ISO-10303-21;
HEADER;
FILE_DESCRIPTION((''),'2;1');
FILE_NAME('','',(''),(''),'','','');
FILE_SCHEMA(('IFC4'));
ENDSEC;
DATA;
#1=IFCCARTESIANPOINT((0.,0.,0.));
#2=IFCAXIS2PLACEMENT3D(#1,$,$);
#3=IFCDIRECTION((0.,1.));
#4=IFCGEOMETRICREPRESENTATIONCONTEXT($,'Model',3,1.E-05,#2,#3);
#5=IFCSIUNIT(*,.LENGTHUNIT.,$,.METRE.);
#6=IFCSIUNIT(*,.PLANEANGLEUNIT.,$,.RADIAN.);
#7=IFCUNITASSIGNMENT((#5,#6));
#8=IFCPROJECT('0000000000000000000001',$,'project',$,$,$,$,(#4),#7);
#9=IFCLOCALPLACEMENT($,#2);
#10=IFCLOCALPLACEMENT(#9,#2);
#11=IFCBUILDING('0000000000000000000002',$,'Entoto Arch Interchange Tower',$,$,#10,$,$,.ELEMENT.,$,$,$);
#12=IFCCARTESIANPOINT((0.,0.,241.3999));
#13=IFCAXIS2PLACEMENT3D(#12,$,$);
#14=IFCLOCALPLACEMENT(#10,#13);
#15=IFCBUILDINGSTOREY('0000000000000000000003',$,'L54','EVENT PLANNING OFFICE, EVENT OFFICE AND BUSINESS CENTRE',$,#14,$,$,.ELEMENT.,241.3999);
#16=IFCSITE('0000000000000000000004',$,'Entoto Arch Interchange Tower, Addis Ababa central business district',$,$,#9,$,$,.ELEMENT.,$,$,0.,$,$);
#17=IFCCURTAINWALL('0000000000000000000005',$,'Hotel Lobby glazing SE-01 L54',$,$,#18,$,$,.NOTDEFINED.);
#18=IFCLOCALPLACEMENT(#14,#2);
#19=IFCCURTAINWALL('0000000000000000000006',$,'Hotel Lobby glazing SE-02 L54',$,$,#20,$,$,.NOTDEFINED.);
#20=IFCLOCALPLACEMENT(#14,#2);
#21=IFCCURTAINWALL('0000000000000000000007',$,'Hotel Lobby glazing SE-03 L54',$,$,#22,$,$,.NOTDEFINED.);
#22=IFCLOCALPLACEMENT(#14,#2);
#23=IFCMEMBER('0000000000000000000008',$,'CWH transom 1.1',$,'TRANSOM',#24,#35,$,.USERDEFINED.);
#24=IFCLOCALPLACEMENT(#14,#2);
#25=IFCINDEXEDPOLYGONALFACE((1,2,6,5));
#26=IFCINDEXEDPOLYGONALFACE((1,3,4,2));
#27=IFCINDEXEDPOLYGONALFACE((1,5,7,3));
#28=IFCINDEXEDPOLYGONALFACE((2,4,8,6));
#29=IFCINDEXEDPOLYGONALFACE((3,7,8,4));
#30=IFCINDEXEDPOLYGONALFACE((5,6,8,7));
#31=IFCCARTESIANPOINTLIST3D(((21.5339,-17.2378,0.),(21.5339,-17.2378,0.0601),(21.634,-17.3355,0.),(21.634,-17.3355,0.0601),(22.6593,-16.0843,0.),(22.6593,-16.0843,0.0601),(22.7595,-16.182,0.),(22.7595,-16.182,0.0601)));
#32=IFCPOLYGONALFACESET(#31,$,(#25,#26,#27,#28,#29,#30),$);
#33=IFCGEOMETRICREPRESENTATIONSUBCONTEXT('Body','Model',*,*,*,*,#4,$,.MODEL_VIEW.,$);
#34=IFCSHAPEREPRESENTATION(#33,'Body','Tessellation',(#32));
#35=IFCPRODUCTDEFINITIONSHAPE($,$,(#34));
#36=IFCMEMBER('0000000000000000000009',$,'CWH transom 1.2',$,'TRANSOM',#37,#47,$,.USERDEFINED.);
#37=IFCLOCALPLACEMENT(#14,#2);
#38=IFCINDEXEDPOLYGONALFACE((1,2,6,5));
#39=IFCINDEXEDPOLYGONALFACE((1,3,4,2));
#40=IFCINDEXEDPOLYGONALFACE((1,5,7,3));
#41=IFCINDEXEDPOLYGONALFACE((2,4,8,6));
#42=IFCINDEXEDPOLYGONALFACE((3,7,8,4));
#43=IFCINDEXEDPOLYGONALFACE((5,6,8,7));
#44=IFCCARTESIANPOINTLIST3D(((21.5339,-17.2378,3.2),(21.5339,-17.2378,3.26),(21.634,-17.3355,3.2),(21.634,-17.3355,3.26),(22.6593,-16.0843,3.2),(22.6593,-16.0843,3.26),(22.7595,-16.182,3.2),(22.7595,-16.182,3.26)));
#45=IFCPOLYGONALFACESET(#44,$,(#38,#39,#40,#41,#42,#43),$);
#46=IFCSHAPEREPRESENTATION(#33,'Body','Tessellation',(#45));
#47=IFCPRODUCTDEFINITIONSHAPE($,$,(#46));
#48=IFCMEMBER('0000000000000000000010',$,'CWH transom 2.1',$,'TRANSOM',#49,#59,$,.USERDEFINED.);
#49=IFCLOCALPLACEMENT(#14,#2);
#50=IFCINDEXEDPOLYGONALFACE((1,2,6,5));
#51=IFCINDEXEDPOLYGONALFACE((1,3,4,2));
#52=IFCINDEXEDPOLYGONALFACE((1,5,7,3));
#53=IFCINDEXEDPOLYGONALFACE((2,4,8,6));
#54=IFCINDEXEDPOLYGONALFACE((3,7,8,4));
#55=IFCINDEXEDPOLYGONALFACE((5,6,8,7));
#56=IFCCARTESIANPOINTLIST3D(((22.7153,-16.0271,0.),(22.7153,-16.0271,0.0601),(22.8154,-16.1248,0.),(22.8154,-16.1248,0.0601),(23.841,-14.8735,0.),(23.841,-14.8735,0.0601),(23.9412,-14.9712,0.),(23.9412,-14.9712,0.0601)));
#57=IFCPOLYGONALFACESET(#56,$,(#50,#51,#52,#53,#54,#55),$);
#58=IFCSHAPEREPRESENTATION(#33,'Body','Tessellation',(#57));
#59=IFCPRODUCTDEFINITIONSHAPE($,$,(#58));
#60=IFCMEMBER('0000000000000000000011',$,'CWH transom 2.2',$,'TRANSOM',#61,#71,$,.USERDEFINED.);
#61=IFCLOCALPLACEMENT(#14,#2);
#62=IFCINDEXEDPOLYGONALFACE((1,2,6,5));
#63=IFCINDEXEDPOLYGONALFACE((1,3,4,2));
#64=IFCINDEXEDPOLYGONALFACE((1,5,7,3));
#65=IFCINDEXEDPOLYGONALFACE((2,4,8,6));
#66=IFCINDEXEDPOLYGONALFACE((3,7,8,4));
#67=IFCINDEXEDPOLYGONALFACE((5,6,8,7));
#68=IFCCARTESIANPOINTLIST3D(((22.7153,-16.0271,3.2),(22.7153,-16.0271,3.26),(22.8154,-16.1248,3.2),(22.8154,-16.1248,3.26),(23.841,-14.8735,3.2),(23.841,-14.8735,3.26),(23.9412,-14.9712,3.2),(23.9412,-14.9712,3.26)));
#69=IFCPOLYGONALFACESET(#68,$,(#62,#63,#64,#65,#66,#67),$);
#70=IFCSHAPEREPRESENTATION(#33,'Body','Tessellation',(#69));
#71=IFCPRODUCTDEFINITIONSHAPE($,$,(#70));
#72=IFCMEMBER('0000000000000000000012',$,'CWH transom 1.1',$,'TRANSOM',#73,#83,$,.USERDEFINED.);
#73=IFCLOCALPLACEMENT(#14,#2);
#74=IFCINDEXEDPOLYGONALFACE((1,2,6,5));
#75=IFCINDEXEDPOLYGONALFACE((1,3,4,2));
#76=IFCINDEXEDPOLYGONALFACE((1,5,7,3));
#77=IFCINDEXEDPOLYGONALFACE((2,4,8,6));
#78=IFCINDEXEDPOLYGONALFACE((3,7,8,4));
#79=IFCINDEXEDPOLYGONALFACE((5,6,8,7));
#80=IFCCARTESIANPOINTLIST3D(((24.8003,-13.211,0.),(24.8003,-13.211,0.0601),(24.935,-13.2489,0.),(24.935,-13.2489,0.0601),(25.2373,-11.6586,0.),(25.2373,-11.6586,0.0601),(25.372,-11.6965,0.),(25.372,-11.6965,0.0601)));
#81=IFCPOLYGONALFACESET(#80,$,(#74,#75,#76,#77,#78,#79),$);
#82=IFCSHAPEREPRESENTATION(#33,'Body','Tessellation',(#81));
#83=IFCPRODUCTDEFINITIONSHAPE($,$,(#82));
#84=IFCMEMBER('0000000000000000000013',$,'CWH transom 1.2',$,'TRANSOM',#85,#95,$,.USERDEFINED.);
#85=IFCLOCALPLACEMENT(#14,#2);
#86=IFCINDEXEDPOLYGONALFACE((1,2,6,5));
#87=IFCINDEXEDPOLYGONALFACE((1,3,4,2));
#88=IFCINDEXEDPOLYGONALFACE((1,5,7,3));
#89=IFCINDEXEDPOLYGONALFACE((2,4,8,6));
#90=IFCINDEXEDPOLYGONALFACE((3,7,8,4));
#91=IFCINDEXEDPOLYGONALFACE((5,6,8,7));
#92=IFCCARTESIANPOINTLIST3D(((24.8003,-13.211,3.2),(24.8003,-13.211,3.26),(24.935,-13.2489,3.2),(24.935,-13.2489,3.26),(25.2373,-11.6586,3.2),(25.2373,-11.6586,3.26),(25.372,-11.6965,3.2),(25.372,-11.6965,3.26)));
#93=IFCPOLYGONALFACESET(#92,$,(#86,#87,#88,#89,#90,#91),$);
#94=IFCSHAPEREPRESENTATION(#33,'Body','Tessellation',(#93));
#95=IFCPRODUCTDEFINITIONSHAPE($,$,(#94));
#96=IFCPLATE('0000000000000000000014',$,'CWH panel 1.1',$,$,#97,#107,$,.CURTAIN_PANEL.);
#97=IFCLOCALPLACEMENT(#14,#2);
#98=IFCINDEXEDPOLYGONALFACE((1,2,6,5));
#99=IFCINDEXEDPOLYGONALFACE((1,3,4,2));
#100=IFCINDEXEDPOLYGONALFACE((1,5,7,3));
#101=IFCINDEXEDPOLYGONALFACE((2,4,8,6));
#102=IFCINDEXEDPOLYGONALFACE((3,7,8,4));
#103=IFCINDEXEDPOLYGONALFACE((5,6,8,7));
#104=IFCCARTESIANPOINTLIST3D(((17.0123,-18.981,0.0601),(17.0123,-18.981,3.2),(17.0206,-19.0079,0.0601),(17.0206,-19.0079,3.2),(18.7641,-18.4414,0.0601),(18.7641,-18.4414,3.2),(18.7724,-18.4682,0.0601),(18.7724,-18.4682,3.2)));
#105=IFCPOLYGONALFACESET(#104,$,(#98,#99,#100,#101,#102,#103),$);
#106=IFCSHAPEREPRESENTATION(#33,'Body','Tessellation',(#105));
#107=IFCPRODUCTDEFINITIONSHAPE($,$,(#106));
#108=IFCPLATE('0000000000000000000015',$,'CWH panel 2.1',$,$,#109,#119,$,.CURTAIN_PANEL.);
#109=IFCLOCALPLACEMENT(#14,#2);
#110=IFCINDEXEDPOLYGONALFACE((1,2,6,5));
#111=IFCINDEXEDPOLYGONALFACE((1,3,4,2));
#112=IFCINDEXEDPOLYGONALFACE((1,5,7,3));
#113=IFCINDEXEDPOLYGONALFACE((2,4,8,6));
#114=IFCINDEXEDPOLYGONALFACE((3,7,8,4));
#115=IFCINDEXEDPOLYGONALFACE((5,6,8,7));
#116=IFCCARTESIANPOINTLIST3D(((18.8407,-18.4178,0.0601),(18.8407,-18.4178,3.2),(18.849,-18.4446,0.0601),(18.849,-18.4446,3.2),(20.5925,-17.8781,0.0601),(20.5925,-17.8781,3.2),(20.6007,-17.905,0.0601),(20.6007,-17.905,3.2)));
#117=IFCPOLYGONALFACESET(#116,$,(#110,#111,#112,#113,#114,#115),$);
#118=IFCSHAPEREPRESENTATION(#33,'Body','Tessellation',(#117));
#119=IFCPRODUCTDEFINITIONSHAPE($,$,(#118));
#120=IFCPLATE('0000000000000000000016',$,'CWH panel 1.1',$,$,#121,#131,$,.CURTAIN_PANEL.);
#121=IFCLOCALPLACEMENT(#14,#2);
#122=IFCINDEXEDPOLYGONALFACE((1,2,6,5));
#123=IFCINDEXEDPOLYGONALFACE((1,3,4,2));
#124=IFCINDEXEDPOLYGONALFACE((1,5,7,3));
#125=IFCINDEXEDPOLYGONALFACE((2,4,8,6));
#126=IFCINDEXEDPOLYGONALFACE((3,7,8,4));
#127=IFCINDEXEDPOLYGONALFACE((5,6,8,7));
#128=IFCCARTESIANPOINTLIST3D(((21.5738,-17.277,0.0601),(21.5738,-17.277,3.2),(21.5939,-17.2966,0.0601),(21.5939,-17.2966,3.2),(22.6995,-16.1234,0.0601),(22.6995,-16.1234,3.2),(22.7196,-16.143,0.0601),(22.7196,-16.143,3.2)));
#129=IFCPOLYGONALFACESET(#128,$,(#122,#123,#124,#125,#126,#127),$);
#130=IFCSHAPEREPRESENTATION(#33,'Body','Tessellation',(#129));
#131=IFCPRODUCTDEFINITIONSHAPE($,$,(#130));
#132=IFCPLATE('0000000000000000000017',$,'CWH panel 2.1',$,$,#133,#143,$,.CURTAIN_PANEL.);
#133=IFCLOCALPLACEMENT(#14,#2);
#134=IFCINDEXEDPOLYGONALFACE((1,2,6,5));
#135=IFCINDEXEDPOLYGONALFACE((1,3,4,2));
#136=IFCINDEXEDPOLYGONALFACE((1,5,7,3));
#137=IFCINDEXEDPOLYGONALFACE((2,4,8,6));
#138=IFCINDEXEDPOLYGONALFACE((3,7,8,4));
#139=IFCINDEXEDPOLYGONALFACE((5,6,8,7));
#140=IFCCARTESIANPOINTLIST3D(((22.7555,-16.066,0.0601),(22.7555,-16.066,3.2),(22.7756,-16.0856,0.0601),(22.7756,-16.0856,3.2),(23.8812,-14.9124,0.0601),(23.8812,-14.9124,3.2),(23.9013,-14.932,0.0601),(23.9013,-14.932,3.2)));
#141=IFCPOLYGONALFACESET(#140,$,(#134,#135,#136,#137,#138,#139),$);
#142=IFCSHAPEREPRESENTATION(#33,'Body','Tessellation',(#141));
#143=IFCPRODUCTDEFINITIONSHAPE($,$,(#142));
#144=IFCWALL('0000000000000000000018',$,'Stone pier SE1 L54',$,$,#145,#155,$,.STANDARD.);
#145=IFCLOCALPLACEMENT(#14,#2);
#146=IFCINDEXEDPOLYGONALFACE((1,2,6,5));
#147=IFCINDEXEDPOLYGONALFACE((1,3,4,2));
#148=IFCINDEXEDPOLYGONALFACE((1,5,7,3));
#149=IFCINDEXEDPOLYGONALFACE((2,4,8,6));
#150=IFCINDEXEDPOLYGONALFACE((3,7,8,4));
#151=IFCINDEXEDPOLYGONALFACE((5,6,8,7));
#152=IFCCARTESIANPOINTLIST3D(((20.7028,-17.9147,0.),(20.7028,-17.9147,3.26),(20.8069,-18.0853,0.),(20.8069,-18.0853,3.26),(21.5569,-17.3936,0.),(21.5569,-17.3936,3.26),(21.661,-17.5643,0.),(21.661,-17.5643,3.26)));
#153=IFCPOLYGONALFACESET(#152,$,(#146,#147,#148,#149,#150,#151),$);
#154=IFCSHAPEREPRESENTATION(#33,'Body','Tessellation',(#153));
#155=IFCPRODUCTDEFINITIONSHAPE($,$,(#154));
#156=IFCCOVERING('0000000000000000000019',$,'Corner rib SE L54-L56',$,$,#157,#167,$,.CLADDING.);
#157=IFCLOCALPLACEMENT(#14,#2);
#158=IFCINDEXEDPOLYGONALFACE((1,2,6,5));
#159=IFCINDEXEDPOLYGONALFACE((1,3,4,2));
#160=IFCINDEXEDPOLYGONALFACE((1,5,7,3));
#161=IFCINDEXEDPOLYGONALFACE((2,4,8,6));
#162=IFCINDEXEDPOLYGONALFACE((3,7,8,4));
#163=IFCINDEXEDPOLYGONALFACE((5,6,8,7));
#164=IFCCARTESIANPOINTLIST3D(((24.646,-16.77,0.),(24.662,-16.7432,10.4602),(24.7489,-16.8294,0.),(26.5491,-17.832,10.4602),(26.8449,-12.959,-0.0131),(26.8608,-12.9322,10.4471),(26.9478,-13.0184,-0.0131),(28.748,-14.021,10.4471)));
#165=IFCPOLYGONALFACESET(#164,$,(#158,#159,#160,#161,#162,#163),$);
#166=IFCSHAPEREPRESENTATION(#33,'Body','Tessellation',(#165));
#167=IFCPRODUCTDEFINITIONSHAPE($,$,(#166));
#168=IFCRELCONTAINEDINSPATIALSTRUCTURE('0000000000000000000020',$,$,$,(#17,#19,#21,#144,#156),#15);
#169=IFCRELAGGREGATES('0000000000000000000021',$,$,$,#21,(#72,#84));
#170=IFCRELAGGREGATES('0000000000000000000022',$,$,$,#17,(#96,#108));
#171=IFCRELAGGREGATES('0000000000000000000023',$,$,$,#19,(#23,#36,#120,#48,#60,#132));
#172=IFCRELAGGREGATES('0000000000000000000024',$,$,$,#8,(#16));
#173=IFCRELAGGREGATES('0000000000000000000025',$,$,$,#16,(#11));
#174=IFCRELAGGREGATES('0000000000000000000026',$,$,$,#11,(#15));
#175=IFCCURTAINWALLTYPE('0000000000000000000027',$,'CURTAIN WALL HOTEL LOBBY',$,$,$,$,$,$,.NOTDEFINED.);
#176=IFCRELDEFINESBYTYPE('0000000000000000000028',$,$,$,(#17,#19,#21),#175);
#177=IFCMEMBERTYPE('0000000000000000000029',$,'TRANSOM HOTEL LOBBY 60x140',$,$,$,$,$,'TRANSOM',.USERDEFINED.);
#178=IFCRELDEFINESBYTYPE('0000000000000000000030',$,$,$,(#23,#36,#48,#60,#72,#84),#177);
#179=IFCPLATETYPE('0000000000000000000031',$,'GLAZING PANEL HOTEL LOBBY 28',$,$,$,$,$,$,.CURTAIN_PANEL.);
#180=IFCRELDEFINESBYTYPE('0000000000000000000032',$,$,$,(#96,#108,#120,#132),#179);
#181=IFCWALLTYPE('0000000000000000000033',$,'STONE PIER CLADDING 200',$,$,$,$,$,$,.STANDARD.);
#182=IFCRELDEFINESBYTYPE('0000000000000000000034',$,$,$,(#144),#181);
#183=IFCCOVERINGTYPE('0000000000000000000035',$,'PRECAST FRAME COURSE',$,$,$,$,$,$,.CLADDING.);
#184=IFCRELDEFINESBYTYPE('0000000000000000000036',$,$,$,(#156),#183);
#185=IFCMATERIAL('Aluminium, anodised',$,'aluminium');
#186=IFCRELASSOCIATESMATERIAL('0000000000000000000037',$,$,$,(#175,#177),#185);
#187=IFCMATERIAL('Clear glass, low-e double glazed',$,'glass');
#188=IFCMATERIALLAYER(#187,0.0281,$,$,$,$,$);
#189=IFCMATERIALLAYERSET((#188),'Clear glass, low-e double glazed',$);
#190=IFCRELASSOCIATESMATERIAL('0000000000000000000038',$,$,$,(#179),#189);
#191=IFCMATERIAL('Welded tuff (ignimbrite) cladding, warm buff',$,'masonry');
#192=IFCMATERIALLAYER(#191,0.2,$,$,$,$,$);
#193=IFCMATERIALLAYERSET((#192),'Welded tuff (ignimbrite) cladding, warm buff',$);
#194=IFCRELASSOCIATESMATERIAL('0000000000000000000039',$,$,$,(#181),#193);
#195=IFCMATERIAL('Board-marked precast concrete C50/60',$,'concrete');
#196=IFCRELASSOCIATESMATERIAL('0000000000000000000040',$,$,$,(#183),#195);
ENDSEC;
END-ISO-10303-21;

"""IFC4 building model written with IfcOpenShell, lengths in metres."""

from ifc_helpers import new_model, si_unit, direction, frame, frame_2d, origin, origin_2d, place, context, subcontext, project, spatial, polyline, rectangle, outline, extrude, material, layer, layer_set, material_profile, profile_set, type_object, element, aggregate, save


model = new_model("IFC4")

# Units and contexts
model_context = context("Model", 3, precision=1e-05, world=origin(), true_north=direction((0.0, 1.0)))
body_context = subcontext(model_context, "Body", "Model", "MODEL_VIEW")
ifc_project = project(units=[si_unit("LENGTHUNIT", "METRE"), si_unit("PLANEANGLEUNIT", "RADIAN")], contexts=[model_context])

# Site, building, storey
site_placement = place(None, origin())
site = spatial("IfcSite", under=ifc_project, at=site_placement, Name="Entoto Arch Interchange Tower, Addis Ababa central business district", CompositionType="ELEMENT", RefElevation=0.0)
building_placement = place(site_placement, origin())
building = spatial("IfcBuilding", under=site, at=building_placement, Name="Entoto Arch Interchange Tower", CompositionType="ELEMENT")
storey_placement = place(building_placement, frame((0.0, 0.0, 241.3999)))
storey = spatial("IfcBuildingStorey", under=building, at=storey_placement, Name="L54", Description="EVENT PLANNING OFFICE, EVENT OFFICE AND BUSINESS CENTRE", CompositionType="ELEMENT", Elevation=241.3999)

# Curtain walls
ifc_material_1 = material(Name="Aluminium, anodised", Category="aluminium")
curtain_wall_type = type_object("IfcCurtainWallType", Name="CURTAIN WALL HOTEL LOBBY", PredefinedType="NOTDEFINED", material=ifc_material_1)
curtain_wall_1_placement = place(storey_placement, origin())
curtain_wall_1 = element("IfcCurtainWall", 1, at=curtain_wall_1_placement, inside=storey, type_object=curtain_wall_type, Name="Hotel Lobby glazing SE-01 L54", PredefinedType="NOTDEFINED")
curtain_wall_2_placement = place(storey_placement, origin())
curtain_wall_2 = element("IfcCurtainWall", 2, at=curtain_wall_2_placement, inside=storey, type_object=curtain_wall_type, Name="Hotel Lobby glazing SE-02 L54", PredefinedType="NOTDEFINED")

# Curtain wall
curtain_wall_3_placement = place(storey_placement, origin())
curtain_wall_3 = element("IfcCurtainWall", 3, at=curtain_wall_3_placement, inside=storey, type_object=curtain_wall_type, Name="Hotel Lobby glazing SE-03 L54", PredefinedType="NOTDEFINED")

# Members
ifc_material_profile_1 = material_profile(ifc_material_1, rectangle(XDim=0.1399, YDim=0.0601, at=origin_2d()))
ifc_profile_set_1 = profile_set([ifc_material_profile_1], Name="Aluminium, anodised")
member_type_1 = type_object("IfcMemberType", Name="TRANSOM HOTEL LOBBY 60x140", ElementType="TRANSOM", PredefinedType="USERDEFINED", material=ifc_profile_set_1)
member_1_placement = place(storey_placement, frame((21.584, -17.2866, 0.03), z_axis=(0.698343, 0.715763, 0.0), x_axis=(-0.715763, 0.698343, 0.0)))
member_1 = element("IfcMember", 4, at=member_1_placement, type_object=member_type_1, Name="CWH transom 1.1", ObjectType="TRANSOM", PredefinedType="USERDEFINED", context=body_context, shape_type="SweptSolid", body=[
    extrude(rectangle(XDim=0.1399, YDim=0.0601, at=origin_2d()), origin(), (0.0, 0.0, 1.0), 1.6116),
])
member_2_placement = place(storey_placement, frame((21.584, -17.2866, 3.23), z_axis=(0.698343, 0.715763, 0.0), x_axis=(-0.715763, 0.698343, 0.0)))
member_2 = element("IfcMember", 5, at=member_2_placement, type_object=member_type_1, Name="CWH transom 1.2", ObjectType="TRANSOM", PredefinedType="USERDEFINED", context=body_context, shape_type="SweptSolid", body=[
    extrude(rectangle(XDim=0.1399, YDim=0.0601, at=origin_2d()), origin(), (0.0, 0.0, 1.0), 1.6116),
])
member_3_placement = place(storey_placement, frame((22.7654, -16.0759, 0.03), z_axis=(0.69842, 0.715688, 0.0), x_axis=(-0.715688, 0.69842, 0.0)))
member_3 = element("IfcMember", 6, at=member_3_placement, type_object=member_type_1, Name="CWH transom 2.1", ObjectType="TRANSOM", PredefinedType="USERDEFINED", context=body_context, shape_type="SweptSolid", body=[
    extrude(rectangle(XDim=0.1399, YDim=0.0601, at=origin_2d()), origin(), (0.0, 0.0, 1.0), 1.6118),
])
member_4_placement = place(storey_placement, frame((22.7654, -16.0759, 3.23), z_axis=(0.69842, 0.715688, 0.0), x_axis=(-0.715688, 0.69842, 0.0)))
member_4 = element("IfcMember", 7, at=member_4_placement, type_object=member_type_1, Name="CWH transom 2.2", ObjectType="TRANSOM", PredefinedType="USERDEFINED", context=body_context, shape_type="SweptSolid", body=[
    extrude(rectangle(XDim=0.1399, YDim=0.0601, at=origin_2d()), origin(), (0.0, 0.0, 1.0), 1.6118),
])
member_5_placement = place(storey_placement, frame((24.8677, -13.23, 0.03), z_axis=(0.27096, 0.962591, 0.0), x_axis=(-0.962591, 0.27096, 0.0)))
member_5 = element("IfcMember", 8, at=member_5_placement, type_object=member_type_1, Name="CWH transom 1.1", ObjectType="TRANSOM", PredefinedType="USERDEFINED", context=body_context, shape_type="SweptSolid", body=[
    extrude(rectangle(XDim=0.1399, YDim=0.0601, at=origin_2d()), origin(), (0.0, 0.0, 1.0), 1.6128),
])
member_6_placement = place(storey_placement, frame((24.8677, -13.23, 3.23), z_axis=(0.27096, 0.962591, 0.0), x_axis=(-0.962591, 0.27096, 0.0)))
member_6 = element("IfcMember", 9, at=member_6_placement, type_object=member_type_1, Name="CWH transom 1.2", ObjectType="TRANSOM", PredefinedType="USERDEFINED", context=body_context, shape_type="SweptSolid", body=[
    extrude(rectangle(XDim=0.1399, YDim=0.0601, at=origin_2d()), origin(), (0.0, 0.0, 1.0), 1.6128),
])
aggregate(curtain_wall_3, [member_5, member_6])

# Plates
ifc_material_2 = material(Name="Clear glass, low-e double glazed", Category="glass")
ifc_layer_1 = layer(ifc_material_2, 0.0281)
ifc_layer_set_1 = layer_set([ifc_layer_1], Name="Clear glass, low-e double glazed")
plate_type = type_object("IfcPlateType", Name="GLAZING PANEL HOTEL LOBBY 28", PredefinedType="CURTAIN_PANEL", material=ifc_layer_set_1)
plate_1_placement = place(storey_placement, frame((17.8923, -18.7246, 0.0601), z_axis=(0.0, 0.0, 1.0), x_axis=(0.955679, 0.29441, 0.0)))
plate_1 = element("IfcPlate", 10, at=plate_1_placement, type_object=plate_type, Name="CWH panel 1.1", PredefinedType="CURTAIN_PANEL", context=body_context, shape_type="SweptSolid", body=[
    extrude(rectangle(XDim=1.833, YDim=0.0281, at=origin_2d()), origin(), (0.0, 0.0, 1.0), 3.1399),
])
plate_2_placement = place(storey_placement, frame((19.7207, -18.1614, 0.0601), z_axis=(0.0, 0.0, 1.0), x_axis=(0.955679, 0.29441, 0.0)))
plate_2 = element("IfcPlate", 11, at=plate_2_placement, type_object=plate_type, Name="CWH panel 2.1", PredefinedType="CURTAIN_PANEL", context=body_context, shape_type="SweptSolid", body=[
    extrude(rectangle(XDim=1.833, YDim=0.0281, at=origin_2d()), origin(), (0.0, 0.0, 1.0), 3.1399),
])
aggregate(curtain_wall_1, [plate_1, plate_2])
plate_3_placement = place(storey_placement, frame((22.1467, -16.71, 0.0601), z_axis=(0.0, 0.0, 1.0), x_axis=(0.698392, 0.715715, 0.0)))
plate_3 = element("IfcPlate", 12, at=plate_3_placement, type_object=plate_type, Name="CWH panel 1.1", PredefinedType="CURTAIN_PANEL", context=body_context, shape_type="SweptSolid", body=[
    extrude(rectangle(XDim=1.6118, YDim=0.0281, at=origin_2d()), origin(), (0.0, 0.0, 1.0), 3.1399),
])
plate_4_placement = place(storey_placement, frame((23.3284, -15.499, 0.0601), z_axis=(0.0, 0.0, 1.0), x_axis=(0.698392, 0.715715, 0.0)))
plate_4 = element("IfcPlate", 13, at=plate_4_placement, type_object=plate_type, Name="CWH panel 2.1", PredefinedType="CURTAIN_PANEL", context=body_context, shape_type="SweptSolid", body=[
    extrude(rectangle(XDim=1.6118, YDim=0.0281, at=origin_2d()), origin(), (0.0, 0.0, 1.0), 3.1399),
])
aggregate(curtain_wall_2, [member_1, member_2, plate_3, member_3, member_4, plate_4])

# Wall
ifc_material_3 = material(Name="Welded tuff (ignimbrite) cladding, warm buff", Category="masonry")
ifc_layer_2 = layer(ifc_material_3, 0.2)
ifc_layer_set_2 = layer_set([ifc_layer_2], Name="Welded tuff (ignimbrite) cladding, warm buff")
wall_type = type_object("IfcWallType", Name="STONE PIER CLADDING 200", PredefinedType="STANDARD", material=ifc_layer_set_2)
wall_placement = place(storey_placement, frame((20.7549, -18.0, 0.0), z_axis=(0.0, 0.0, 1.0), x_axis=(0.85368, 0.520798, 0.0)))
element("IfcWall", 14, at=wall_placement, inside=storey, type_object=wall_type, Name="Stone pier SE1 L54", PredefinedType="STANDARD", context=body_context, shape_type="SweptSolid", body=[
    extrude(rectangle(XDim=1.0005, YDim=0.2, at=frame_2d((0.5002, 0.0))), origin(), (0.0, 0.0, 1.0), 3.26),
])

# Covering
ifc_material_4 = material(Name="Board-marked precast concrete C50/60", Category="concrete")
covering_type = type_object("IfcCoveringType", Name="PRECAST FRAME COURSE", PredefinedType="CLADDING", material=ifc_material_4)
covering_placement = place(storey_placement, frame((24.646, -16.77, 0.0), z_axis=(-0.49976, -0.866159, 0.002984), x_axis=(0.866163, -0.499762, 0.000008)))
element("IfcCovering", 15, at=covering_placement, inside=storey, type_object=covering_type, Name="Corner rib SE L54-L56", PredefinedType="CLADDING", context=body_context, shape_type="SweptSolid", body=[
    extrude(outline(polyline([(0.0, 0.0), (0.1188, 0.0), (2.1792, 10.4602), (0.0005, 10.4603), (0.0, 0.0)])), origin(), (0.0, 0.0, -1.0), 4.3999),
])

save(model, "model.ifc")
